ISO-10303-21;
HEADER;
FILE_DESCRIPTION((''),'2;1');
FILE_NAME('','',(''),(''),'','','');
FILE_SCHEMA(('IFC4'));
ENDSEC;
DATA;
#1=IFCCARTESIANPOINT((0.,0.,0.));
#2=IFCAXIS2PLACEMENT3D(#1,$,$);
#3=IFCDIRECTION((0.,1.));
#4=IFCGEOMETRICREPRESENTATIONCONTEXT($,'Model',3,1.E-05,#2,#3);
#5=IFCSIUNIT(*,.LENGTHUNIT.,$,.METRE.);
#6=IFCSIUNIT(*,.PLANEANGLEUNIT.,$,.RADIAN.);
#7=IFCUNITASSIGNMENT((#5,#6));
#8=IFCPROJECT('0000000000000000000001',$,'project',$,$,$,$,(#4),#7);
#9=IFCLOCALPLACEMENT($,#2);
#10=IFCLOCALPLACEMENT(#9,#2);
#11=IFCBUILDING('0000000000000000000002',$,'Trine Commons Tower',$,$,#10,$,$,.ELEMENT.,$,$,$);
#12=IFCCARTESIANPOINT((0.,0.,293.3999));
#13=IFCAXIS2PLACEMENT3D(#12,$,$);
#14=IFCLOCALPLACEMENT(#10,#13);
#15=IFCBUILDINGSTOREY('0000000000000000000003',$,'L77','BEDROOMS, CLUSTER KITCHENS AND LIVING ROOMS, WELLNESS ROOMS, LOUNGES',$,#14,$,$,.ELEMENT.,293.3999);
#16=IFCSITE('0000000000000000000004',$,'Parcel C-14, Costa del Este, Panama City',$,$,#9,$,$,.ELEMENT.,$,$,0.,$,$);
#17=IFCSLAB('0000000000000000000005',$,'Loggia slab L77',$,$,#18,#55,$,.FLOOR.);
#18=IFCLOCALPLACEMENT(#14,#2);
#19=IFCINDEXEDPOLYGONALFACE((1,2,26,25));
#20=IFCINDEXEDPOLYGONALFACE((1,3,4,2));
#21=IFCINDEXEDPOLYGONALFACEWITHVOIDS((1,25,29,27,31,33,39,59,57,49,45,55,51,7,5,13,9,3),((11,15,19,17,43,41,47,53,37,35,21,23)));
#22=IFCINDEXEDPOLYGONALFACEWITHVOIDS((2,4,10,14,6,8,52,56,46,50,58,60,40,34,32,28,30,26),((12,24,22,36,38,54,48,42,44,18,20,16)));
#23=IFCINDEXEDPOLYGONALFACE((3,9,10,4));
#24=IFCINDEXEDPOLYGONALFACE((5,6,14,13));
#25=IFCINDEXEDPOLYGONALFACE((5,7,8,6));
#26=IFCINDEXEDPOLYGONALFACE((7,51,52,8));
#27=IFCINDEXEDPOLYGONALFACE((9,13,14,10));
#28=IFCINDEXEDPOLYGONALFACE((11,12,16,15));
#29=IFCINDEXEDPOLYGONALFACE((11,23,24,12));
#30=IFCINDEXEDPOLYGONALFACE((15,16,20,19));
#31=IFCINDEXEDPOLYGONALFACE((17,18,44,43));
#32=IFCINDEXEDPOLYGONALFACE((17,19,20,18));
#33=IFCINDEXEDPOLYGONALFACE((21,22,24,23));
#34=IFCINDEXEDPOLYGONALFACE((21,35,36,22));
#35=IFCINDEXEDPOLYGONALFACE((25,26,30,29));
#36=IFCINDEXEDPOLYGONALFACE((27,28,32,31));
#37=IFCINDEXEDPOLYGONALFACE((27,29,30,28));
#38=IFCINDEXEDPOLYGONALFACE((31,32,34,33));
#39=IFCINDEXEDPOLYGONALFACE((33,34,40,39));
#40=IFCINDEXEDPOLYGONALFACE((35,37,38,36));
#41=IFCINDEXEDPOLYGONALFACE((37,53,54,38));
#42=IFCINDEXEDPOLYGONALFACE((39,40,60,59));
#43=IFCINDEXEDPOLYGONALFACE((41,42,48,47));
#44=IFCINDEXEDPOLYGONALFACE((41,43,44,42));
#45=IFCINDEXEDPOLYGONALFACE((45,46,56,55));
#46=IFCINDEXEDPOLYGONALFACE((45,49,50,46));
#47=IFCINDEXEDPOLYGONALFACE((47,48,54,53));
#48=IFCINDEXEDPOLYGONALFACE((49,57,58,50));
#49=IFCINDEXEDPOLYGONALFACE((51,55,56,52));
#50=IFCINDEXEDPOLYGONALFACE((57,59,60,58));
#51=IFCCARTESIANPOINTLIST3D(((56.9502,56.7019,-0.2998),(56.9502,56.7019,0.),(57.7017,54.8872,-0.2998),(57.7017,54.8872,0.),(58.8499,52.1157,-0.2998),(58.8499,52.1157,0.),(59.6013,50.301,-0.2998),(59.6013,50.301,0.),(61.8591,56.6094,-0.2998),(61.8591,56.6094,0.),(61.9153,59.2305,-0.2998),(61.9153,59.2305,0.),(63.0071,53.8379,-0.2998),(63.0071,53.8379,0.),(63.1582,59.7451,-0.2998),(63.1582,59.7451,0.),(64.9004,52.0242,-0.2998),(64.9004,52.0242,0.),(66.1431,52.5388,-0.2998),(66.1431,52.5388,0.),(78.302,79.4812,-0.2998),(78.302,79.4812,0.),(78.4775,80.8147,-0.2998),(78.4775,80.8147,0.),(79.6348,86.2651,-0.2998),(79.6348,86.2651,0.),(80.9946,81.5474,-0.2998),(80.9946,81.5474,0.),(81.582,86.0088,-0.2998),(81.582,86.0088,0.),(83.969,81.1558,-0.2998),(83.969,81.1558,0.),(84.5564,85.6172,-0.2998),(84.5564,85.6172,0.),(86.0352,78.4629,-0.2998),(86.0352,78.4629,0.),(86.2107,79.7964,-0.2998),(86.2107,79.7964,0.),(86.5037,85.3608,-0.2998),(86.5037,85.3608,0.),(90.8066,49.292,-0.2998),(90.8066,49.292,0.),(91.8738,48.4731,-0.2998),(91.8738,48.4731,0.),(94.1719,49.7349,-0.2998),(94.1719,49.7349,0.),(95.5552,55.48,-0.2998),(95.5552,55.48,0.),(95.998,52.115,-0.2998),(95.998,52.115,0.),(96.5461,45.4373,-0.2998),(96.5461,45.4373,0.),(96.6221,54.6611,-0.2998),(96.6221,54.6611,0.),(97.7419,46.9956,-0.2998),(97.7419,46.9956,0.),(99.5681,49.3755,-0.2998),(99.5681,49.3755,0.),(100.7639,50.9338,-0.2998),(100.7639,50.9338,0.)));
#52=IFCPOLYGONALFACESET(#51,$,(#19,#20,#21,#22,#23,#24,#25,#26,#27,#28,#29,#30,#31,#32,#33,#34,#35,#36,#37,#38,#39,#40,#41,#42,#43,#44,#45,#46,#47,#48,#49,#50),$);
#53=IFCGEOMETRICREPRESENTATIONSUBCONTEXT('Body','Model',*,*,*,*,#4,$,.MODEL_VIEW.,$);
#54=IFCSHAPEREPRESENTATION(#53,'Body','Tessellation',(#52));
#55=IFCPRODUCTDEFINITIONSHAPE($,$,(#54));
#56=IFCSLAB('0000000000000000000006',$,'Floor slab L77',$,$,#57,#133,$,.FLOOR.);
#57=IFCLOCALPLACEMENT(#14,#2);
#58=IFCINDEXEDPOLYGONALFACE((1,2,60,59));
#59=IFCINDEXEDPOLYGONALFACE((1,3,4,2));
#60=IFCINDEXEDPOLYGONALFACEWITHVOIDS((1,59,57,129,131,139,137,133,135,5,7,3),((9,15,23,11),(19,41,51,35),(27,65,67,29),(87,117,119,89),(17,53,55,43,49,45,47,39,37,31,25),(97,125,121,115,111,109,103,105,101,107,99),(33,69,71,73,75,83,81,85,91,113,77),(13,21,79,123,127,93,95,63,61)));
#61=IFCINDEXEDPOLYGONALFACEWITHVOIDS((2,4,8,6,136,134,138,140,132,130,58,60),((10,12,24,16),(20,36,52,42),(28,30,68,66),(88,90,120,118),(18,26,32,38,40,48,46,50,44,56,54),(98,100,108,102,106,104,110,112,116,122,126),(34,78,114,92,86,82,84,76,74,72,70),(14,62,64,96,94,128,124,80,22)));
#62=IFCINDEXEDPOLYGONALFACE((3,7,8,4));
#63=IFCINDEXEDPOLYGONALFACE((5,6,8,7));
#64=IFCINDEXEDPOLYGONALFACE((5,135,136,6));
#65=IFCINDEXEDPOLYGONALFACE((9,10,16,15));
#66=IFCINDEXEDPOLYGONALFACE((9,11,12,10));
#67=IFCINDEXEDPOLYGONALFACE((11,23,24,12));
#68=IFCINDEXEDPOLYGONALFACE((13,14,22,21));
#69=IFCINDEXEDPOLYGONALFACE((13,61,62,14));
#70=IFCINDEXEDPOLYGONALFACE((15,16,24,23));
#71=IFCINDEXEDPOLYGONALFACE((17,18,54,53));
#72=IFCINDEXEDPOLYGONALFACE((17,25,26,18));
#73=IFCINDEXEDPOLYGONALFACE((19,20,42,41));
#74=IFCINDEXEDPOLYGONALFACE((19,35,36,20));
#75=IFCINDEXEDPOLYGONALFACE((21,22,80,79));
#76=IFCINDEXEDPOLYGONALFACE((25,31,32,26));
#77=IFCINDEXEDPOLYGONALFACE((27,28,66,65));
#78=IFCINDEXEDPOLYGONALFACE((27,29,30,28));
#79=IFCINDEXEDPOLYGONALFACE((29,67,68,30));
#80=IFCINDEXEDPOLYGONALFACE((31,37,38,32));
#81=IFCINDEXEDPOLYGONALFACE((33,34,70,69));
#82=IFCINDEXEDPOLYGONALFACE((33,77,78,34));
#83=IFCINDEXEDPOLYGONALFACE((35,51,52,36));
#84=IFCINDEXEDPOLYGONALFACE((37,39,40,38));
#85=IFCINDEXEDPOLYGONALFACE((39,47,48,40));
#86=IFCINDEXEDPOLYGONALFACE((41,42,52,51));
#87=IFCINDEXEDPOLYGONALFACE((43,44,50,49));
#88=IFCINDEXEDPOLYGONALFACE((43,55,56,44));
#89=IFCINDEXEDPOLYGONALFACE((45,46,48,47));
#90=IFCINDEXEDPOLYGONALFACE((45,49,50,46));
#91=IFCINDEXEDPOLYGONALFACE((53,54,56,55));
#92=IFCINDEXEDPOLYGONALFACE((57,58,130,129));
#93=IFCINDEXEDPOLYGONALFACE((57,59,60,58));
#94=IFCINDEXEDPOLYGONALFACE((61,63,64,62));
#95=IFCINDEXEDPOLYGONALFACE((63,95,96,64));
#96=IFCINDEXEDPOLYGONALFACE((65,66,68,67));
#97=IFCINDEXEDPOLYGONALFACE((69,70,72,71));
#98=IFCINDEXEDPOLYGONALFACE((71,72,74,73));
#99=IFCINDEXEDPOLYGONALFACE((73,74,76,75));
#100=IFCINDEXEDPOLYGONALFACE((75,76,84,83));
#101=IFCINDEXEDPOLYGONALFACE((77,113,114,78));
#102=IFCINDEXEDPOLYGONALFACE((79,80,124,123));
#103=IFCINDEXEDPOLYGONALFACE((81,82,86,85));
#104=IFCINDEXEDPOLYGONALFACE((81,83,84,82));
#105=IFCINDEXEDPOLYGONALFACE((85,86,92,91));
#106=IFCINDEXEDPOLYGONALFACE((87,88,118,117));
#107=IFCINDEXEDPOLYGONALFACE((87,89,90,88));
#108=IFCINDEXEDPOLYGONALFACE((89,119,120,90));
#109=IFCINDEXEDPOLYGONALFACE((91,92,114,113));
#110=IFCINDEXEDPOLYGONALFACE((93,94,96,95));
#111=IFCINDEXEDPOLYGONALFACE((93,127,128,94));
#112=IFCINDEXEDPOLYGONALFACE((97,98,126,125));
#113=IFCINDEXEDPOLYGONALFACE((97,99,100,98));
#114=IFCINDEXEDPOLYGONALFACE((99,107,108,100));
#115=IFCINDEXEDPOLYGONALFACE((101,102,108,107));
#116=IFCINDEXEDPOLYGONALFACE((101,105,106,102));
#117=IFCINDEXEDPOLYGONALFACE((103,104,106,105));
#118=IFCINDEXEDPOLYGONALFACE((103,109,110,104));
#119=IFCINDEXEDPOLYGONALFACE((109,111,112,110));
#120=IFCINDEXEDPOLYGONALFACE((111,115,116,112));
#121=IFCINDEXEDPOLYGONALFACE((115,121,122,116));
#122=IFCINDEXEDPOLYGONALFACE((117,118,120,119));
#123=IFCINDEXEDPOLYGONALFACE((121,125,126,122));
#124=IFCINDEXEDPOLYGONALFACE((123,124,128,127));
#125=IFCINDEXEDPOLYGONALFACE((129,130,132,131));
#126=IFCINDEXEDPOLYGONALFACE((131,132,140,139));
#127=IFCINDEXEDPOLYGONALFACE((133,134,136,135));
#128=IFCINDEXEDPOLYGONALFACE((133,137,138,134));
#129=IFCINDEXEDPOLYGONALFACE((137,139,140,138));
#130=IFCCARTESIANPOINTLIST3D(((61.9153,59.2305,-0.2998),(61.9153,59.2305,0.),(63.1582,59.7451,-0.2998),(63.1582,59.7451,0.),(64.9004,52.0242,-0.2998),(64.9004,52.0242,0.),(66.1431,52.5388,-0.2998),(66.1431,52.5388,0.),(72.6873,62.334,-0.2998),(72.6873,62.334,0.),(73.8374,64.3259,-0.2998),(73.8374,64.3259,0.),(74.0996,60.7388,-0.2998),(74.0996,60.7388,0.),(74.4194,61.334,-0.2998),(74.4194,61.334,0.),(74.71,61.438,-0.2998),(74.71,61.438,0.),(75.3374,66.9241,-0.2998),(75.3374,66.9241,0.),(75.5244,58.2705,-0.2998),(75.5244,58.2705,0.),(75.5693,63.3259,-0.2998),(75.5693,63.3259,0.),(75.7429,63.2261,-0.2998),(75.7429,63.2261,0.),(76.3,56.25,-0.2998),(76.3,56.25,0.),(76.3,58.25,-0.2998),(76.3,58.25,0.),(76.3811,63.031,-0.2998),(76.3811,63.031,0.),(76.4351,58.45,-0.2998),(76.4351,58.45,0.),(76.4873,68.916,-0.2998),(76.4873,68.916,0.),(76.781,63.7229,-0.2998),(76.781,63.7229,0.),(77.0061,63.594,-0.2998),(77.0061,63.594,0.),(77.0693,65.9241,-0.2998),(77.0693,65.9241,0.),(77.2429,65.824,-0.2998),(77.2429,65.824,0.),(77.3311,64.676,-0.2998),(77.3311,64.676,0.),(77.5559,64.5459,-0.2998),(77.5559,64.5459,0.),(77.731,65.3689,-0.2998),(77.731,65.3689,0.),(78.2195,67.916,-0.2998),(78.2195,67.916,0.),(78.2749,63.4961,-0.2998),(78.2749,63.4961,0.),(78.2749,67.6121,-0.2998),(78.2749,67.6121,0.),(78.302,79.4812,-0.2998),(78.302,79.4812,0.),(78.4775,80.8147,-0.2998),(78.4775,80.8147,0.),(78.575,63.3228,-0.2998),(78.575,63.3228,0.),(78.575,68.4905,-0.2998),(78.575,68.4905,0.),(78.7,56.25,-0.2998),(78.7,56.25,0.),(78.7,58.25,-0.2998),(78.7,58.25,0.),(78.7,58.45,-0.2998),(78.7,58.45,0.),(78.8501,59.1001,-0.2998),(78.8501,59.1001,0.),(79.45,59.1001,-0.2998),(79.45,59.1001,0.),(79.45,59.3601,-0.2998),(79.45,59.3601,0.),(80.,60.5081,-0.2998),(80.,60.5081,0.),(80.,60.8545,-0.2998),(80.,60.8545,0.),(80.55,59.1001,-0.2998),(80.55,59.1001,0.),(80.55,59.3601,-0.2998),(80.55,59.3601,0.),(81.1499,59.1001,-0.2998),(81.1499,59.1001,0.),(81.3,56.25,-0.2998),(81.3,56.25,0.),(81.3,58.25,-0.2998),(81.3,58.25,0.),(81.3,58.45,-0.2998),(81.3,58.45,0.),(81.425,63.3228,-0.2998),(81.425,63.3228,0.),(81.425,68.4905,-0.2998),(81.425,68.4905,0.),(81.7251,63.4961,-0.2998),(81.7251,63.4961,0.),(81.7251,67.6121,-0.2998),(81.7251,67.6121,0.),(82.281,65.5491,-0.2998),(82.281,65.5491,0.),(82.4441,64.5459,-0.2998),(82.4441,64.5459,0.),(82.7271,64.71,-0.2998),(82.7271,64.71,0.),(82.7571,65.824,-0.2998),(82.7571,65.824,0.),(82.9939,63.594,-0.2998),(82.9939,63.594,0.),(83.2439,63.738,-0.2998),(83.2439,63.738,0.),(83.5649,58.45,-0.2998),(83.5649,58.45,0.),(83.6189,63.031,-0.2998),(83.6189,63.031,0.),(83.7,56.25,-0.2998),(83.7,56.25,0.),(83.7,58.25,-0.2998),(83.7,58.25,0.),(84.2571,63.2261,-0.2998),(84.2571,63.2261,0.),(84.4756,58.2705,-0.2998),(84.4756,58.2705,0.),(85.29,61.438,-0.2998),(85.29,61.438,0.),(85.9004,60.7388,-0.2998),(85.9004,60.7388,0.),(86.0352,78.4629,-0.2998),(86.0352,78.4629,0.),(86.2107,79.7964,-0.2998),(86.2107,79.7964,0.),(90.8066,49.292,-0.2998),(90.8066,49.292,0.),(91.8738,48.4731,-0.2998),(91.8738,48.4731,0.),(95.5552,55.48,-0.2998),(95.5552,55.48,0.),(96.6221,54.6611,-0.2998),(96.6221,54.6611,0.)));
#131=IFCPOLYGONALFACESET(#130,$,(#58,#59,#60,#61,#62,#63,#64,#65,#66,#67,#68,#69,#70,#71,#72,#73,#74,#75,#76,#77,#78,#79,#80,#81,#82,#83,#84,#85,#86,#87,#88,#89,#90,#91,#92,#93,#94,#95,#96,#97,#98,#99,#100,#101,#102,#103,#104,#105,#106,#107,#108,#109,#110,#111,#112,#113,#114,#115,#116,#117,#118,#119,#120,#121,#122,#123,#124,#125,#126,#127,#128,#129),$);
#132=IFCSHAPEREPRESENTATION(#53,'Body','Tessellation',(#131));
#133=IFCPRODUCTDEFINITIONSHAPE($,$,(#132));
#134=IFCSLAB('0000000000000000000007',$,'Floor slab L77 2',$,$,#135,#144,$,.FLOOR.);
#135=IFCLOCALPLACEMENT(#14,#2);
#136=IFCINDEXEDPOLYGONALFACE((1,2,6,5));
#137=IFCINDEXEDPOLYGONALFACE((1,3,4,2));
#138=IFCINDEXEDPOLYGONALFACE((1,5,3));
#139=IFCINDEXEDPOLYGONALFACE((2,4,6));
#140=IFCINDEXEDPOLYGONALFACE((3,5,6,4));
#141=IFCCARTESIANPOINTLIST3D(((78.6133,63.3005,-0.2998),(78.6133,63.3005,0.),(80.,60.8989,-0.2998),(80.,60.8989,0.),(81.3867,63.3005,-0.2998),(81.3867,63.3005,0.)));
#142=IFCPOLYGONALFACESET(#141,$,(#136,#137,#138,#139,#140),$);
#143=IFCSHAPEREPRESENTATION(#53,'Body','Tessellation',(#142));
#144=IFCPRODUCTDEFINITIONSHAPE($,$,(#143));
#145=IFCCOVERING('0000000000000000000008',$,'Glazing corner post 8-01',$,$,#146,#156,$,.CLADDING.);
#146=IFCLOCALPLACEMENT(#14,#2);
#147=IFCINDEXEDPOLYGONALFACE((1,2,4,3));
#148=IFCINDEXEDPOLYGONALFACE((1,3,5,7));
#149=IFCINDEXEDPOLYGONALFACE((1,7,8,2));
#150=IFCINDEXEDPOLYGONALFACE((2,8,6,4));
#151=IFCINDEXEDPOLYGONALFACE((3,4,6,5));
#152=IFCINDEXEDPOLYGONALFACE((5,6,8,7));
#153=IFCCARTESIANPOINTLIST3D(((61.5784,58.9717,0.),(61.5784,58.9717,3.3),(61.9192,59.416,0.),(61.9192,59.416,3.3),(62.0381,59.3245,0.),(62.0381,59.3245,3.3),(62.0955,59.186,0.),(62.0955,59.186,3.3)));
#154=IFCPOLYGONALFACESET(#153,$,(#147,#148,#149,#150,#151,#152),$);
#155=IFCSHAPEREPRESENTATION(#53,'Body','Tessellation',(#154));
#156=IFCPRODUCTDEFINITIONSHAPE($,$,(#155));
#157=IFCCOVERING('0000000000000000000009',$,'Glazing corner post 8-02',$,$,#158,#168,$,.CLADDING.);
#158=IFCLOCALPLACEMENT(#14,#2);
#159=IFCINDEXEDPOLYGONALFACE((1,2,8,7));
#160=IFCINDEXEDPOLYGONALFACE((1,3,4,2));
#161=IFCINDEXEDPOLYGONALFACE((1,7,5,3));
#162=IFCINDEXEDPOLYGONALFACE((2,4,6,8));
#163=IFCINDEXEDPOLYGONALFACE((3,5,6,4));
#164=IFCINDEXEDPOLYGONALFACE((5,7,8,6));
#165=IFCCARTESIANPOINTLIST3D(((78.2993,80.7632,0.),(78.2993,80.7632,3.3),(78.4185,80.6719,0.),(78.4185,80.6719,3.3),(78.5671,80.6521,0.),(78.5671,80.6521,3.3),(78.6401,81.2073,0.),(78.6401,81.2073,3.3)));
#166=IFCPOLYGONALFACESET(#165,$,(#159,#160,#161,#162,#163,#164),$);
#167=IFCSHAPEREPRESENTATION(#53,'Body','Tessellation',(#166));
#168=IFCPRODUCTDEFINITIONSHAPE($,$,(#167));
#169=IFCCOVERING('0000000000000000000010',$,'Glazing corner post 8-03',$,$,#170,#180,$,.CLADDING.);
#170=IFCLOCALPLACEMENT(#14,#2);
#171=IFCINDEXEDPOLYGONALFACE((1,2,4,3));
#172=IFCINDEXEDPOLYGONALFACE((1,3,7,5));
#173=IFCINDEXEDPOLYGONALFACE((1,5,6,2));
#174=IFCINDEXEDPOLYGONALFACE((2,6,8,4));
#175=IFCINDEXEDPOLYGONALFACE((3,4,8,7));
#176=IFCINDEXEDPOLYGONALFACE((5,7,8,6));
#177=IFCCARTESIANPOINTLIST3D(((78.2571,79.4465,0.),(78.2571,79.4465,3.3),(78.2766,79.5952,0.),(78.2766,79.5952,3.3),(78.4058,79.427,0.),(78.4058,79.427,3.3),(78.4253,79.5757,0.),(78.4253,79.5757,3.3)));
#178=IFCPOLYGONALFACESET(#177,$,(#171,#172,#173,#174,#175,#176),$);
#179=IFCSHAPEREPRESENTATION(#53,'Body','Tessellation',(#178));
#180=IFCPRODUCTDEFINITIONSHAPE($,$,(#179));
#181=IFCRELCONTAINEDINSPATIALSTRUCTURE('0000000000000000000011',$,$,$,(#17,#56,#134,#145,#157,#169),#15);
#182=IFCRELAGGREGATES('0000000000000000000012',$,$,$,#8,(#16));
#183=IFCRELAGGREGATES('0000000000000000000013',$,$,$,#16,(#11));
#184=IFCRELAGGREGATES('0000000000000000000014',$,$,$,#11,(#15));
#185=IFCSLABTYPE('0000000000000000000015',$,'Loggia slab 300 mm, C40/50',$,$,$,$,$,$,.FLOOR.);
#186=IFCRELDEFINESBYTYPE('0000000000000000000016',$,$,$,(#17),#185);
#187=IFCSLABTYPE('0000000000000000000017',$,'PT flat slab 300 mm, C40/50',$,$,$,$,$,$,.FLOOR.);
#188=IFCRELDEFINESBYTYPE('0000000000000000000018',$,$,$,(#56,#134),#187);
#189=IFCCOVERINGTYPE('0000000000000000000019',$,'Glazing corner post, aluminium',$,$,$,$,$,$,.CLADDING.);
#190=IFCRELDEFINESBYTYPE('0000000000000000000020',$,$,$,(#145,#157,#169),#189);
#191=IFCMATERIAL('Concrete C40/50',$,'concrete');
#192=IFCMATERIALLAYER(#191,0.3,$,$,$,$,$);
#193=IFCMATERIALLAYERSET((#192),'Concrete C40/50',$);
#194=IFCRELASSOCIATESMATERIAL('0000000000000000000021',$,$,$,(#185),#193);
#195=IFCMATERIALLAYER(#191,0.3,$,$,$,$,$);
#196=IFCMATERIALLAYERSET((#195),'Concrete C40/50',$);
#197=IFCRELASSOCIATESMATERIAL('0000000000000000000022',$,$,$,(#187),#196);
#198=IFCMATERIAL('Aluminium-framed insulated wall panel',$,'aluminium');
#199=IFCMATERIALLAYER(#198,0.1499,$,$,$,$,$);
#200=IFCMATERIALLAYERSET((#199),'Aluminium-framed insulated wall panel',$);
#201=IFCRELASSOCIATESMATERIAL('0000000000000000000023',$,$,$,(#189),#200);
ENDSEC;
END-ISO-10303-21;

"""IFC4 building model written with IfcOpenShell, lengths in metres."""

from ifc_helpers import new_model, si_unit, direction, frame, origin, place, context, subcontext, project, spatial, polyline, outline, extrude, material, layer, layer_set, type_object, element, save


model = new_model("IFC4")

# Units and contexts
model_context = context("Model", 3, precision=1e-05, world=origin(), true_north=direction((0.0, 1.0)))
body_context = subcontext(model_context, "Body", "Model", "MODEL_VIEW")
ifc_project = project(units=[si_unit("LENGTHUNIT", "METRE"), si_unit("PLANEANGLEUNIT", "RADIAN")], contexts=[model_context])

# Site, building, storey
site_placement = place(None, origin())
site = spatial("IfcSite", under=ifc_project, at=site_placement, Name="Parcel C-14, Costa del Este, Panama City", CompositionType="ELEMENT", RefElevation=0.0)
building_placement = place(site_placement, origin())
building = spatial("IfcBuilding", under=site, at=building_placement, Name="Trine Commons Tower", CompositionType="ELEMENT")
storey_placement = place(building_placement, frame((0.0, 0.0, 293.3999)))
storey = spatial("IfcBuildingStorey", under=building, at=storey_placement, Name="L77", Description="BEDROOMS, CLUSTER KITCHENS AND LIVING ROOMS, WELLNESS ROOMS, LOUNGES", CompositionType="ELEMENT", Elevation=293.3999)

# Slabs
ifc_material_1 = material(Name="Concrete C40/50", Category="concrete")
ifc_layer_1 = layer(ifc_material_1, 0.3)
ifc_layer_set_1 = layer_set([ifc_layer_1], Name="Concrete C40/50")
slab_type_1 = type_object("IfcSlabType", Name="Loggia slab 300 mm, C40/50", PredefinedType="FLOOR", material=ifc_layer_set_1)
slab_1_placement = place(storey_placement, frame((0.0, 0.0, -0.2998)))
element("IfcSlab", 1, at=slab_1_placement, inside=storey, type_object=slab_type_1, Name="Loggia slab L77", PredefinedType="FLOOR", context=body_context, shape_type="SweptSolid", body=[
    extrude(outline(polyline([(100.7639, 50.9338), (86.5037, 85.3608), (84.5564, 85.6172), (83.969, 81.1558), (80.9946, 81.5474), (81.582, 86.0088), (79.6348, 86.2651), (56.9502, 56.7019), (57.7017, 54.8872), (61.8591, 56.6094), (63.0071, 53.8379), (58.8499, 52.1157), (59.6013, 50.301), (96.5461, 45.4373), (97.7419, 46.9956), (94.1719, 49.7349), (95.998, 52.115), (99.5681, 49.3755), (100.7639, 50.9338)]), holes=[polyline([(63.1582, 59.7451), (66.1431, 52.5388), (64.9004, 52.0242), (91.8738, 48.4731), (90.8066, 49.292), (95.5552, 55.48), (96.6221, 54.6611), (86.2107, 79.7964), (86.0352, 78.4629), (78.302, 79.4812), (78.4775, 80.8147), (61.9153, 59.2305), (63.1582, 59.7451)])]), origin(), (0.0, 0.0, 1.0), 0.2998),
])
ifc_layer_2 = layer(ifc_material_1, 0.3)
ifc_layer_set_2 = layer_set([ifc_layer_2], Name="Concrete C40/50")
slab_type_2 = type_object("IfcSlabType", Name="PT flat slab 300 mm, C40/50", PredefinedType="FLOOR", material=ifc_layer_set_2)
slab_2_placement = place(storey_placement, frame((0.0, 0.0, -0.2998)))
element("IfcSlab", 2, at=slab_2_placement, inside=storey, type_object=slab_type_2, Name="Floor slab L77", PredefinedType="FLOOR", context=body_context, shape_type="SweptSolid", body=[
    extrude(outline(polyline([(61.9153, 59.2305), (63.1582, 59.7451), (66.1431, 52.5388), (64.9004, 52.0242), (91.8738, 48.4731), (90.8066, 49.292), (95.5552, 55.48), (96.6221, 54.6611), (86.2107, 79.7964), (86.0352, 78.4629), (78.302, 79.4812), (78.4775, 80.8147), (61.9153, 59.2305)]), holes=[polyline([(78.7, 56.25), (78.7, 58.25), (76.3, 58.25), (76.3, 56.25), (78.7, 56.25)]), polyline([(83.7, 56.25), (83.7, 58.25), (81.3, 58.25), (81.3, 56.25), (83.7, 56.25)]), polyline([(81.3, 58.45), (83.5649, 58.45), (80.0, 60.5081), (76.4351, 58.45), (78.7, 58.45), (78.8501, 59.1001), (79.45, 59.1001), (79.45, 59.3601), (80.55, 59.3601), (80.55, 59.1001), (81.1499, 59.1001), (81.3, 58.45)]), polyline([(81.425, 63.3228), (81.425, 68.4905), (78.575, 68.4905), (78.575, 63.3228), (74.0996, 60.7388), (75.5244, 58.2705), (80.0, 60.8545), (84.4756, 58.2705), (85.9004, 60.7388), (81.425, 63.3228)]), polyline([(72.6873, 62.334), (74.4194, 61.334), (75.5693, 63.3259), (73.8374, 64.3259), (72.6873, 62.334)]), polyline([(76.3811, 63.031), (75.7429, 63.2261), (74.71, 61.438), (78.2749, 63.4961), (78.2749, 67.6121), (77.2429, 65.824), (77.731, 65.3689), (77.3311, 64.676), (77.5559, 64.5459), (77.0061, 63.594), (76.781, 63.7229), (76.3811, 63.031)]), polyline([(82.9939, 63.594), (82.4441, 64.5459), (82.7271, 64.71), (82.281, 65.5491), (82.7571, 65.824), (81.7251, 67.6121), (81.7251, 63.4961), (85.29, 61.438), (84.2571, 63.2261), (83.6189, 63.031), (83.2439, 63.738), (82.9939, 63.594)]), polyline([(76.4873, 68.916), (75.3374, 66.9241), (77.0693, 65.9241), (78.2195, 67.916), (76.4873, 68.916)])]), origin(), (0.0, 0.0, 1.0), 0.2998),
])
slab_3_placement = place(storey_placement, frame((0.0, 0.0, -0.2998)))
element("IfcSlab", 3, at=slab_3_placement, inside=storey, type_object=slab_type_2, Name="Floor slab L77 2", PredefinedType="FLOOR", context=body_context, shape_type="SweptSolid", body=[
    extrude(outline(polyline([(81.3867, 63.3005), (78.6133, 63.3005), (80.0, 60.8989), (81.3867, 63.3005)])), origin(), (0.0, 0.0, 1.0), 0.2998),
])

# Coverings
ifc_material_2 = material(Name="Aluminium-framed insulated wall panel", Category="aluminium")
ifc_layer_3 = layer(ifc_material_2, 0.1499)
ifc_layer_set_3 = layer_set([ifc_layer_3], Name="Aluminium-framed insulated wall panel")
covering_type_1 = type_object("IfcCoveringType", Name="Glazing corner post, aluminium", PredefinedType="CLADDING", material=ifc_layer_set_3)
covering_1_placement = place(storey_placement, origin())
element("IfcCovering", 4, at=covering_1_placement, inside=storey, type_object=covering_type_1, Name="Glazing corner post 8-01", PredefinedType="CLADDING", context=body_context, shape_type="SweptSolid", body=[
    extrude(outline(polyline([(62.0381, 59.3245), (61.9192, 59.416), (61.5784, 58.9717), (62.0955, 59.186), (62.0381, 59.3245), (62.0381, 59.3245)])), origin(), (0.0, 0.0, 1.0), 3.3),
])
covering_2_placement = place(storey_placement, origin())
element("IfcCovering", 5, at=covering_2_placement, inside=storey, type_object=covering_type_1, Name="Glazing corner post 8-02", PredefinedType="CLADDING", context=body_context, shape_type="SweptSolid", body=[
    extrude(outline(polyline([(78.4185, 80.6719), (78.5671, 80.6521), (78.6401, 81.2073), (78.2993, 80.7632), (78.4185, 80.6719), (78.4185, 80.6719)])), origin(), (0.0, 0.0, 1.0), 3.3),
])
covering_3_placement = place(storey_placement, origin())
element("IfcCovering", 6, at=covering_3_placement, inside=storey, type_object=covering_type_1, Name="Glazing corner post 8-03", PredefinedType="CLADDING", context=body_context, shape_type="SweptSolid", body=[
    extrude(outline(polyline([(78.4058, 79.427), (78.4253, 79.5757), (78.2766, 79.5952), (78.2571, 79.4465), (78.4058, 79.427)])), origin(), (0.0, 0.0, 1.0), 3.3),
])

save(model, "model.ifc")
